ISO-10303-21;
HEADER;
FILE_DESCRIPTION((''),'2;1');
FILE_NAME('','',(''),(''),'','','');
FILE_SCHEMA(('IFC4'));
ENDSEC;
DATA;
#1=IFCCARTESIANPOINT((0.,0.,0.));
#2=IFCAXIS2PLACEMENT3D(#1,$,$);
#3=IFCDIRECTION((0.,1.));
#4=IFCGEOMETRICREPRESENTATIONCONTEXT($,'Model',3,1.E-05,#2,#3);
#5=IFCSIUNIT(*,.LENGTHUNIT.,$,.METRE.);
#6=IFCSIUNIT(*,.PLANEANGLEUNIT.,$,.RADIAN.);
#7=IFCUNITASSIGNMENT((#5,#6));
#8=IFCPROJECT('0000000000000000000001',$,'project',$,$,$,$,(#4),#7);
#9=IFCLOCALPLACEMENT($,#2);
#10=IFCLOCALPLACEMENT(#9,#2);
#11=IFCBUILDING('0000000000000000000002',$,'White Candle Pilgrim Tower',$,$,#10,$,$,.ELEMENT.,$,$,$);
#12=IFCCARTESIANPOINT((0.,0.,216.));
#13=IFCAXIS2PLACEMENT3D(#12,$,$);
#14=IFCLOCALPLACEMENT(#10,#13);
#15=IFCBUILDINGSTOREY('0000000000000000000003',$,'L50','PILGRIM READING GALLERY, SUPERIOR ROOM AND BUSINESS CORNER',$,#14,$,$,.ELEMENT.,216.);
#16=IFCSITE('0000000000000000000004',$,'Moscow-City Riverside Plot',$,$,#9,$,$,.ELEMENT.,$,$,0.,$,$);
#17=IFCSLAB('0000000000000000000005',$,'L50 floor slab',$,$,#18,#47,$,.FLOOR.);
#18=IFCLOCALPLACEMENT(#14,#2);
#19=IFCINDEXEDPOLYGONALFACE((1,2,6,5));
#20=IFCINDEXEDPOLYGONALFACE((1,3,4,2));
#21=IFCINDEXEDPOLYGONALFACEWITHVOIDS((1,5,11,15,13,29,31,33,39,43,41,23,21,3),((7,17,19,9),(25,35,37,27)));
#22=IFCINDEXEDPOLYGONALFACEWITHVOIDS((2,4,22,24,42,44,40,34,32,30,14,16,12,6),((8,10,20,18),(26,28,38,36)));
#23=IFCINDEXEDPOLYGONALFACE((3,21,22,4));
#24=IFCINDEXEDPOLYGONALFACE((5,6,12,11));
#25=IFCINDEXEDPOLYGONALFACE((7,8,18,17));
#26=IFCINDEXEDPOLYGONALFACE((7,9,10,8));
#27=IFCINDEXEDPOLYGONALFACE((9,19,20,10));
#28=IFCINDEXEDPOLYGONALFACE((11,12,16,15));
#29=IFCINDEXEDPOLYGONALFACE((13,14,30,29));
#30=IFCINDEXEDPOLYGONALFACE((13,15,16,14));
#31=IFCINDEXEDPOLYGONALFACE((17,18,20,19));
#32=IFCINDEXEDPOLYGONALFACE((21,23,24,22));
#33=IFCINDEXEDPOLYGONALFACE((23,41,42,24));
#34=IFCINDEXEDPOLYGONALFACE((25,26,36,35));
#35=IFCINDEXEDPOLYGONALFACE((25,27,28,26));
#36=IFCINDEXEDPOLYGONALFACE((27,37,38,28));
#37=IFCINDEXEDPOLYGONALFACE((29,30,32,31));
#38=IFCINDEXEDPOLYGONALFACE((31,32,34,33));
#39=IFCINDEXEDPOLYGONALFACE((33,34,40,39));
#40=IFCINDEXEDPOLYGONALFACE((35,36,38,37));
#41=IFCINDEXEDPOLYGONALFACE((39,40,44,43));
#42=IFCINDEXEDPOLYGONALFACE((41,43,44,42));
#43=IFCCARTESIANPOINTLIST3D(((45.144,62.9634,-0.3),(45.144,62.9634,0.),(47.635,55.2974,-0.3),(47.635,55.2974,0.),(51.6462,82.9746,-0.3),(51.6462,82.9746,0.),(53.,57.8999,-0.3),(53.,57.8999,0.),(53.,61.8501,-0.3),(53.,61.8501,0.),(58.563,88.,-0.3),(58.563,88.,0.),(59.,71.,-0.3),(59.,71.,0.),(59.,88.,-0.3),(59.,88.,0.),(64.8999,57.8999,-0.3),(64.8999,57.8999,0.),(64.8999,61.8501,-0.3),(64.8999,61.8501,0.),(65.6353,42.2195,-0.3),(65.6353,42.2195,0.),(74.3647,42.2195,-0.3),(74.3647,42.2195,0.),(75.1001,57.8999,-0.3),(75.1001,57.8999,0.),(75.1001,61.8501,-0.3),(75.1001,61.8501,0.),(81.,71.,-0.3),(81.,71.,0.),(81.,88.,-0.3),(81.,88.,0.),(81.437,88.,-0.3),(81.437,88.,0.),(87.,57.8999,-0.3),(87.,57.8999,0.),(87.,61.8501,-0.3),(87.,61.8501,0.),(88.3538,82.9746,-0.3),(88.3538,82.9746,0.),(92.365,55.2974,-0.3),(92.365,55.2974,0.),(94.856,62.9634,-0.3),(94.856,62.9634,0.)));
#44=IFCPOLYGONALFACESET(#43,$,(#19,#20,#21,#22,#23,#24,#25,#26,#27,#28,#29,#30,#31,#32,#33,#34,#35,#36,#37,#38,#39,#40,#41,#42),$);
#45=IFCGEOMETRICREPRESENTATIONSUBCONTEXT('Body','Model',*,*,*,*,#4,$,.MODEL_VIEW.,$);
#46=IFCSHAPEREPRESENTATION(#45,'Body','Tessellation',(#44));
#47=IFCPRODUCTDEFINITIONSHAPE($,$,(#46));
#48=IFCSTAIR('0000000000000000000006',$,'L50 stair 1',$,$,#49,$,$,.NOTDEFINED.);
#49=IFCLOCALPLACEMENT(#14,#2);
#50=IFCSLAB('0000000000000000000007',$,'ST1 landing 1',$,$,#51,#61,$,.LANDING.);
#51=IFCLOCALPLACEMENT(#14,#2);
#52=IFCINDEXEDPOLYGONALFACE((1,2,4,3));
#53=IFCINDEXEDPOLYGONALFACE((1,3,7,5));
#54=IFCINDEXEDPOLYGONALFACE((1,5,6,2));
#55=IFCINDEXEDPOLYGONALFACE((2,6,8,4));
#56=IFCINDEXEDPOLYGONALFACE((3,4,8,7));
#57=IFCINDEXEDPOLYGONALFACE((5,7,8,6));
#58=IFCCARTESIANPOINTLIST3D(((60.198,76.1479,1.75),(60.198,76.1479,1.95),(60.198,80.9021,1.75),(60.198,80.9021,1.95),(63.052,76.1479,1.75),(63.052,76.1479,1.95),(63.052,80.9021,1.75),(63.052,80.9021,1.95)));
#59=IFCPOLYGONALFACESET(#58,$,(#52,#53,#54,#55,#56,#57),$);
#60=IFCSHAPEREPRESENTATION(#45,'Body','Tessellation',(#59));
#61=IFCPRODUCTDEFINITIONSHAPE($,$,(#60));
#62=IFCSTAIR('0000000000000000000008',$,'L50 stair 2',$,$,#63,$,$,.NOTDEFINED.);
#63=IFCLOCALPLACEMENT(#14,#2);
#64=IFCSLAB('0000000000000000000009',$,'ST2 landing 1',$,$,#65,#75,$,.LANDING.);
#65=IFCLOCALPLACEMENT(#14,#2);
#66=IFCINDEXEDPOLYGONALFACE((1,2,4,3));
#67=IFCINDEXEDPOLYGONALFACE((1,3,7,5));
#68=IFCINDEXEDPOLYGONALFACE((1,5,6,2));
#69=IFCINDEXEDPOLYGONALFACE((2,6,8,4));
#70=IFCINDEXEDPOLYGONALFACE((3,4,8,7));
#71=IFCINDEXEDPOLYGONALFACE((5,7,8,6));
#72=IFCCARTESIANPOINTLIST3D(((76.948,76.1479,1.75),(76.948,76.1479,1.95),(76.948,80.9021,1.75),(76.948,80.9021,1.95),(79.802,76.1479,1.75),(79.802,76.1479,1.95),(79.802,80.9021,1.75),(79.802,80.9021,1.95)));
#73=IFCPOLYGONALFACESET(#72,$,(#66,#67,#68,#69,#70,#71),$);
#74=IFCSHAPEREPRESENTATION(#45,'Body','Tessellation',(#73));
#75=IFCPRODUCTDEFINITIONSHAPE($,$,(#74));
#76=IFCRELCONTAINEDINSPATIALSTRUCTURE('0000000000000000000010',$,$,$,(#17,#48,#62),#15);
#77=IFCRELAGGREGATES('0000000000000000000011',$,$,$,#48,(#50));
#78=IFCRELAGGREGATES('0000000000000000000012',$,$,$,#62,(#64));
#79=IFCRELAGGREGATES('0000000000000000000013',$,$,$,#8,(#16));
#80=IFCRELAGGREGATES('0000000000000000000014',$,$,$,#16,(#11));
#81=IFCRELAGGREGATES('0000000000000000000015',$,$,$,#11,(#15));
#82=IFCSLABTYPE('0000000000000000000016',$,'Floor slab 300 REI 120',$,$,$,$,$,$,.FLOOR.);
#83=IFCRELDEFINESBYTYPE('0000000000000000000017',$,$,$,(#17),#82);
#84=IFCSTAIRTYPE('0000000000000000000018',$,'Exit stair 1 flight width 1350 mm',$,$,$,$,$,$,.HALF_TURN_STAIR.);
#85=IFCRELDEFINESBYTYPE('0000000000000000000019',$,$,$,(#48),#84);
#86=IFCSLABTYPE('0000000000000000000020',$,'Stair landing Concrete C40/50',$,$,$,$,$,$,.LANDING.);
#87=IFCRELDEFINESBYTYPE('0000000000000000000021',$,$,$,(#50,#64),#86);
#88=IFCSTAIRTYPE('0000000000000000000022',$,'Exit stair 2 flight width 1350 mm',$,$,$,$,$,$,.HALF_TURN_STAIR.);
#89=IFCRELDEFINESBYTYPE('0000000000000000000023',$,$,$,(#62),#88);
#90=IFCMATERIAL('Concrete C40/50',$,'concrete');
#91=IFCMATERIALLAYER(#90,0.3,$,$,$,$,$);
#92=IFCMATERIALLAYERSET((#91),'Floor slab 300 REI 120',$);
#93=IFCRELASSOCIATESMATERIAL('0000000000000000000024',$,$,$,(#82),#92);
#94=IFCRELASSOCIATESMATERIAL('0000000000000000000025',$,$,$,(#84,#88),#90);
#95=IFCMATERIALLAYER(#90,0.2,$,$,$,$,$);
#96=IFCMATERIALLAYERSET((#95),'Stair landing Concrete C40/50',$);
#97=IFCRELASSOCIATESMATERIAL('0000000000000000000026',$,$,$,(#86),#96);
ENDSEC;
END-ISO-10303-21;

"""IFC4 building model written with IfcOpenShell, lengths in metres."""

from ifc_helpers import new_model, si_unit, direction, frame, origin, place, context, subcontext, project, spatial, polyline, outline, extrude, material, layer, layer_set, type_object, element, aggregate, save


model = new_model("IFC4")

# Units and contexts
model_context = context("Model", 3, precision=1e-05, world=origin(), true_north=direction((0.0, 1.0)))
body_context = subcontext(model_context, "Body", "Model", "MODEL_VIEW")
ifc_project = project(units=[si_unit("LENGTHUNIT", "METRE"), si_unit("PLANEANGLEUNIT", "RADIAN")], contexts=[model_context])

# Site, building, storey
site_placement = place(None, origin())
site = spatial("IfcSite", under=ifc_project, at=site_placement, Name="Moscow-City Riverside Plot", CompositionType="ELEMENT", RefElevation=0.0)
building_placement = place(site_placement, origin())
building = spatial("IfcBuilding", under=site, at=building_placement, Name="White Candle Pilgrim Tower", CompositionType="ELEMENT")
storey_placement = place(building_placement, frame((0.0, 0.0, 216.0)))
storey = spatial("IfcBuildingStorey", under=building, at=storey_placement, Name="L50", Description="PILGRIM READING GALLERY, SUPERIOR ROOM AND BUSINESS CORNER", CompositionType="ELEMENT", Elevation=216.0)

# Slab
ifc_material = material(Name="Concrete C40/50", Category="concrete")
ifc_layer_1 = layer(ifc_material, 0.3)
ifc_layer_set_1 = layer_set([ifc_layer_1], Name="Floor slab 300 REI 120")
slab_type_1 = type_object("IfcSlabType", Name="Floor slab 300 REI 120", PredefinedType="FLOOR", material=ifc_layer_set_1)
slab_1_placement = place(storey_placement, frame((0.0, 0.0, -0.3)))
element("IfcSlab", 1, at=slab_1_placement, inside=storey, type_object=slab_type_1, Name="L50 floor slab", PredefinedType="FLOOR", context=body_context, shape_type="SweptSolid", body=[
    extrude(outline(polyline([(65.6353, 42.2195), (74.3647, 42.2195), (92.365, 55.2974), (94.856, 62.9634), (88.3538, 82.9746), (81.437, 88.0), (81.0, 88.0), (81.0, 71.0), (59.0, 71.0), (59.0, 88.0), (58.563, 88.0), (51.6462, 82.9746), (45.144, 62.9634), (47.635, 55.2974), (65.6353, 42.2195)]), holes=[polyline([(53.0, 57.8999), (53.0, 61.8501), (64.8999, 61.8501), (64.8999, 57.8999), (53.0, 57.8999)]), polyline([(75.1001, 57.8999), (75.1001, 61.8501), (87.0, 61.8501), (87.0, 57.8999), (75.1001, 57.8999)])]), origin(), (0.0, 0.0, 1.0), 0.3),
])

# Stairs, slabs
stair_type_1 = type_object("IfcStairType", Name="Exit stair 1 flight width 1350 mm", PredefinedType="HALF_TURN_STAIR", material=ifc_material)
stair_1_placement = place(storey_placement, origin())
stair_1 = element("IfcStair", 2, at=stair_1_placement, inside=storey, type_object=stair_type_1, Name="L50 stair 1", PredefinedType="NOTDEFINED")
ifc_layer_2 = layer(ifc_material, 0.2)
ifc_layer_set_2 = layer_set([ifc_layer_2], Name="Stair landing Concrete C40/50")
slab_type_2 = type_object("IfcSlabType", Name="Stair landing Concrete C40/50", PredefinedType="LANDING", material=ifc_layer_set_2)
slab_2_placement = place(storey_placement, frame((0.0, 0.0, 1.75)))
slab_2 = element("IfcSlab", 3, at=slab_2_placement, type_object=slab_type_2, Name="ST1 landing 1", PredefinedType="LANDING", context=body_context, shape_type="SweptSolid", body=[
    extrude(outline(polyline([(63.052, 76.1479), (60.198, 76.1479), (60.198, 80.9021), (63.052, 80.9021), (63.052, 76.1479)])), origin(), (0.0, 0.0, 1.0), 0.2),
])
aggregate(stair_1, [slab_2])
stair_type_2 = type_object("IfcStairType", Name="Exit stair 2 flight width 1350 mm", PredefinedType="HALF_TURN_STAIR", material=ifc_material)
stair_2_placement = place(storey_placement, origin())
stair_2 = element("IfcStair", 4, at=stair_2_placement, inside=storey, type_object=stair_type_2, Name="L50 stair 2", PredefinedType="NOTDEFINED")
slab_3_placement = place(storey_placement, frame((0.0, 0.0, 1.75)))
slab_3 = element("IfcSlab", 5, at=slab_3_placement, type_object=slab_type_2, Name="ST2 landing 1", PredefinedType="LANDING", context=body_context, shape_type="SweptSolid", body=[
    extrude(outline(polyline([(79.802, 76.1479), (76.948, 76.1479), (76.948, 80.9021), (79.802, 80.9021), (79.802, 76.1479)])), origin(), (0.0, 0.0, 1.0), 0.2),
])
aggregate(stair_2, [slab_3])

save(model, "model.ifc")
